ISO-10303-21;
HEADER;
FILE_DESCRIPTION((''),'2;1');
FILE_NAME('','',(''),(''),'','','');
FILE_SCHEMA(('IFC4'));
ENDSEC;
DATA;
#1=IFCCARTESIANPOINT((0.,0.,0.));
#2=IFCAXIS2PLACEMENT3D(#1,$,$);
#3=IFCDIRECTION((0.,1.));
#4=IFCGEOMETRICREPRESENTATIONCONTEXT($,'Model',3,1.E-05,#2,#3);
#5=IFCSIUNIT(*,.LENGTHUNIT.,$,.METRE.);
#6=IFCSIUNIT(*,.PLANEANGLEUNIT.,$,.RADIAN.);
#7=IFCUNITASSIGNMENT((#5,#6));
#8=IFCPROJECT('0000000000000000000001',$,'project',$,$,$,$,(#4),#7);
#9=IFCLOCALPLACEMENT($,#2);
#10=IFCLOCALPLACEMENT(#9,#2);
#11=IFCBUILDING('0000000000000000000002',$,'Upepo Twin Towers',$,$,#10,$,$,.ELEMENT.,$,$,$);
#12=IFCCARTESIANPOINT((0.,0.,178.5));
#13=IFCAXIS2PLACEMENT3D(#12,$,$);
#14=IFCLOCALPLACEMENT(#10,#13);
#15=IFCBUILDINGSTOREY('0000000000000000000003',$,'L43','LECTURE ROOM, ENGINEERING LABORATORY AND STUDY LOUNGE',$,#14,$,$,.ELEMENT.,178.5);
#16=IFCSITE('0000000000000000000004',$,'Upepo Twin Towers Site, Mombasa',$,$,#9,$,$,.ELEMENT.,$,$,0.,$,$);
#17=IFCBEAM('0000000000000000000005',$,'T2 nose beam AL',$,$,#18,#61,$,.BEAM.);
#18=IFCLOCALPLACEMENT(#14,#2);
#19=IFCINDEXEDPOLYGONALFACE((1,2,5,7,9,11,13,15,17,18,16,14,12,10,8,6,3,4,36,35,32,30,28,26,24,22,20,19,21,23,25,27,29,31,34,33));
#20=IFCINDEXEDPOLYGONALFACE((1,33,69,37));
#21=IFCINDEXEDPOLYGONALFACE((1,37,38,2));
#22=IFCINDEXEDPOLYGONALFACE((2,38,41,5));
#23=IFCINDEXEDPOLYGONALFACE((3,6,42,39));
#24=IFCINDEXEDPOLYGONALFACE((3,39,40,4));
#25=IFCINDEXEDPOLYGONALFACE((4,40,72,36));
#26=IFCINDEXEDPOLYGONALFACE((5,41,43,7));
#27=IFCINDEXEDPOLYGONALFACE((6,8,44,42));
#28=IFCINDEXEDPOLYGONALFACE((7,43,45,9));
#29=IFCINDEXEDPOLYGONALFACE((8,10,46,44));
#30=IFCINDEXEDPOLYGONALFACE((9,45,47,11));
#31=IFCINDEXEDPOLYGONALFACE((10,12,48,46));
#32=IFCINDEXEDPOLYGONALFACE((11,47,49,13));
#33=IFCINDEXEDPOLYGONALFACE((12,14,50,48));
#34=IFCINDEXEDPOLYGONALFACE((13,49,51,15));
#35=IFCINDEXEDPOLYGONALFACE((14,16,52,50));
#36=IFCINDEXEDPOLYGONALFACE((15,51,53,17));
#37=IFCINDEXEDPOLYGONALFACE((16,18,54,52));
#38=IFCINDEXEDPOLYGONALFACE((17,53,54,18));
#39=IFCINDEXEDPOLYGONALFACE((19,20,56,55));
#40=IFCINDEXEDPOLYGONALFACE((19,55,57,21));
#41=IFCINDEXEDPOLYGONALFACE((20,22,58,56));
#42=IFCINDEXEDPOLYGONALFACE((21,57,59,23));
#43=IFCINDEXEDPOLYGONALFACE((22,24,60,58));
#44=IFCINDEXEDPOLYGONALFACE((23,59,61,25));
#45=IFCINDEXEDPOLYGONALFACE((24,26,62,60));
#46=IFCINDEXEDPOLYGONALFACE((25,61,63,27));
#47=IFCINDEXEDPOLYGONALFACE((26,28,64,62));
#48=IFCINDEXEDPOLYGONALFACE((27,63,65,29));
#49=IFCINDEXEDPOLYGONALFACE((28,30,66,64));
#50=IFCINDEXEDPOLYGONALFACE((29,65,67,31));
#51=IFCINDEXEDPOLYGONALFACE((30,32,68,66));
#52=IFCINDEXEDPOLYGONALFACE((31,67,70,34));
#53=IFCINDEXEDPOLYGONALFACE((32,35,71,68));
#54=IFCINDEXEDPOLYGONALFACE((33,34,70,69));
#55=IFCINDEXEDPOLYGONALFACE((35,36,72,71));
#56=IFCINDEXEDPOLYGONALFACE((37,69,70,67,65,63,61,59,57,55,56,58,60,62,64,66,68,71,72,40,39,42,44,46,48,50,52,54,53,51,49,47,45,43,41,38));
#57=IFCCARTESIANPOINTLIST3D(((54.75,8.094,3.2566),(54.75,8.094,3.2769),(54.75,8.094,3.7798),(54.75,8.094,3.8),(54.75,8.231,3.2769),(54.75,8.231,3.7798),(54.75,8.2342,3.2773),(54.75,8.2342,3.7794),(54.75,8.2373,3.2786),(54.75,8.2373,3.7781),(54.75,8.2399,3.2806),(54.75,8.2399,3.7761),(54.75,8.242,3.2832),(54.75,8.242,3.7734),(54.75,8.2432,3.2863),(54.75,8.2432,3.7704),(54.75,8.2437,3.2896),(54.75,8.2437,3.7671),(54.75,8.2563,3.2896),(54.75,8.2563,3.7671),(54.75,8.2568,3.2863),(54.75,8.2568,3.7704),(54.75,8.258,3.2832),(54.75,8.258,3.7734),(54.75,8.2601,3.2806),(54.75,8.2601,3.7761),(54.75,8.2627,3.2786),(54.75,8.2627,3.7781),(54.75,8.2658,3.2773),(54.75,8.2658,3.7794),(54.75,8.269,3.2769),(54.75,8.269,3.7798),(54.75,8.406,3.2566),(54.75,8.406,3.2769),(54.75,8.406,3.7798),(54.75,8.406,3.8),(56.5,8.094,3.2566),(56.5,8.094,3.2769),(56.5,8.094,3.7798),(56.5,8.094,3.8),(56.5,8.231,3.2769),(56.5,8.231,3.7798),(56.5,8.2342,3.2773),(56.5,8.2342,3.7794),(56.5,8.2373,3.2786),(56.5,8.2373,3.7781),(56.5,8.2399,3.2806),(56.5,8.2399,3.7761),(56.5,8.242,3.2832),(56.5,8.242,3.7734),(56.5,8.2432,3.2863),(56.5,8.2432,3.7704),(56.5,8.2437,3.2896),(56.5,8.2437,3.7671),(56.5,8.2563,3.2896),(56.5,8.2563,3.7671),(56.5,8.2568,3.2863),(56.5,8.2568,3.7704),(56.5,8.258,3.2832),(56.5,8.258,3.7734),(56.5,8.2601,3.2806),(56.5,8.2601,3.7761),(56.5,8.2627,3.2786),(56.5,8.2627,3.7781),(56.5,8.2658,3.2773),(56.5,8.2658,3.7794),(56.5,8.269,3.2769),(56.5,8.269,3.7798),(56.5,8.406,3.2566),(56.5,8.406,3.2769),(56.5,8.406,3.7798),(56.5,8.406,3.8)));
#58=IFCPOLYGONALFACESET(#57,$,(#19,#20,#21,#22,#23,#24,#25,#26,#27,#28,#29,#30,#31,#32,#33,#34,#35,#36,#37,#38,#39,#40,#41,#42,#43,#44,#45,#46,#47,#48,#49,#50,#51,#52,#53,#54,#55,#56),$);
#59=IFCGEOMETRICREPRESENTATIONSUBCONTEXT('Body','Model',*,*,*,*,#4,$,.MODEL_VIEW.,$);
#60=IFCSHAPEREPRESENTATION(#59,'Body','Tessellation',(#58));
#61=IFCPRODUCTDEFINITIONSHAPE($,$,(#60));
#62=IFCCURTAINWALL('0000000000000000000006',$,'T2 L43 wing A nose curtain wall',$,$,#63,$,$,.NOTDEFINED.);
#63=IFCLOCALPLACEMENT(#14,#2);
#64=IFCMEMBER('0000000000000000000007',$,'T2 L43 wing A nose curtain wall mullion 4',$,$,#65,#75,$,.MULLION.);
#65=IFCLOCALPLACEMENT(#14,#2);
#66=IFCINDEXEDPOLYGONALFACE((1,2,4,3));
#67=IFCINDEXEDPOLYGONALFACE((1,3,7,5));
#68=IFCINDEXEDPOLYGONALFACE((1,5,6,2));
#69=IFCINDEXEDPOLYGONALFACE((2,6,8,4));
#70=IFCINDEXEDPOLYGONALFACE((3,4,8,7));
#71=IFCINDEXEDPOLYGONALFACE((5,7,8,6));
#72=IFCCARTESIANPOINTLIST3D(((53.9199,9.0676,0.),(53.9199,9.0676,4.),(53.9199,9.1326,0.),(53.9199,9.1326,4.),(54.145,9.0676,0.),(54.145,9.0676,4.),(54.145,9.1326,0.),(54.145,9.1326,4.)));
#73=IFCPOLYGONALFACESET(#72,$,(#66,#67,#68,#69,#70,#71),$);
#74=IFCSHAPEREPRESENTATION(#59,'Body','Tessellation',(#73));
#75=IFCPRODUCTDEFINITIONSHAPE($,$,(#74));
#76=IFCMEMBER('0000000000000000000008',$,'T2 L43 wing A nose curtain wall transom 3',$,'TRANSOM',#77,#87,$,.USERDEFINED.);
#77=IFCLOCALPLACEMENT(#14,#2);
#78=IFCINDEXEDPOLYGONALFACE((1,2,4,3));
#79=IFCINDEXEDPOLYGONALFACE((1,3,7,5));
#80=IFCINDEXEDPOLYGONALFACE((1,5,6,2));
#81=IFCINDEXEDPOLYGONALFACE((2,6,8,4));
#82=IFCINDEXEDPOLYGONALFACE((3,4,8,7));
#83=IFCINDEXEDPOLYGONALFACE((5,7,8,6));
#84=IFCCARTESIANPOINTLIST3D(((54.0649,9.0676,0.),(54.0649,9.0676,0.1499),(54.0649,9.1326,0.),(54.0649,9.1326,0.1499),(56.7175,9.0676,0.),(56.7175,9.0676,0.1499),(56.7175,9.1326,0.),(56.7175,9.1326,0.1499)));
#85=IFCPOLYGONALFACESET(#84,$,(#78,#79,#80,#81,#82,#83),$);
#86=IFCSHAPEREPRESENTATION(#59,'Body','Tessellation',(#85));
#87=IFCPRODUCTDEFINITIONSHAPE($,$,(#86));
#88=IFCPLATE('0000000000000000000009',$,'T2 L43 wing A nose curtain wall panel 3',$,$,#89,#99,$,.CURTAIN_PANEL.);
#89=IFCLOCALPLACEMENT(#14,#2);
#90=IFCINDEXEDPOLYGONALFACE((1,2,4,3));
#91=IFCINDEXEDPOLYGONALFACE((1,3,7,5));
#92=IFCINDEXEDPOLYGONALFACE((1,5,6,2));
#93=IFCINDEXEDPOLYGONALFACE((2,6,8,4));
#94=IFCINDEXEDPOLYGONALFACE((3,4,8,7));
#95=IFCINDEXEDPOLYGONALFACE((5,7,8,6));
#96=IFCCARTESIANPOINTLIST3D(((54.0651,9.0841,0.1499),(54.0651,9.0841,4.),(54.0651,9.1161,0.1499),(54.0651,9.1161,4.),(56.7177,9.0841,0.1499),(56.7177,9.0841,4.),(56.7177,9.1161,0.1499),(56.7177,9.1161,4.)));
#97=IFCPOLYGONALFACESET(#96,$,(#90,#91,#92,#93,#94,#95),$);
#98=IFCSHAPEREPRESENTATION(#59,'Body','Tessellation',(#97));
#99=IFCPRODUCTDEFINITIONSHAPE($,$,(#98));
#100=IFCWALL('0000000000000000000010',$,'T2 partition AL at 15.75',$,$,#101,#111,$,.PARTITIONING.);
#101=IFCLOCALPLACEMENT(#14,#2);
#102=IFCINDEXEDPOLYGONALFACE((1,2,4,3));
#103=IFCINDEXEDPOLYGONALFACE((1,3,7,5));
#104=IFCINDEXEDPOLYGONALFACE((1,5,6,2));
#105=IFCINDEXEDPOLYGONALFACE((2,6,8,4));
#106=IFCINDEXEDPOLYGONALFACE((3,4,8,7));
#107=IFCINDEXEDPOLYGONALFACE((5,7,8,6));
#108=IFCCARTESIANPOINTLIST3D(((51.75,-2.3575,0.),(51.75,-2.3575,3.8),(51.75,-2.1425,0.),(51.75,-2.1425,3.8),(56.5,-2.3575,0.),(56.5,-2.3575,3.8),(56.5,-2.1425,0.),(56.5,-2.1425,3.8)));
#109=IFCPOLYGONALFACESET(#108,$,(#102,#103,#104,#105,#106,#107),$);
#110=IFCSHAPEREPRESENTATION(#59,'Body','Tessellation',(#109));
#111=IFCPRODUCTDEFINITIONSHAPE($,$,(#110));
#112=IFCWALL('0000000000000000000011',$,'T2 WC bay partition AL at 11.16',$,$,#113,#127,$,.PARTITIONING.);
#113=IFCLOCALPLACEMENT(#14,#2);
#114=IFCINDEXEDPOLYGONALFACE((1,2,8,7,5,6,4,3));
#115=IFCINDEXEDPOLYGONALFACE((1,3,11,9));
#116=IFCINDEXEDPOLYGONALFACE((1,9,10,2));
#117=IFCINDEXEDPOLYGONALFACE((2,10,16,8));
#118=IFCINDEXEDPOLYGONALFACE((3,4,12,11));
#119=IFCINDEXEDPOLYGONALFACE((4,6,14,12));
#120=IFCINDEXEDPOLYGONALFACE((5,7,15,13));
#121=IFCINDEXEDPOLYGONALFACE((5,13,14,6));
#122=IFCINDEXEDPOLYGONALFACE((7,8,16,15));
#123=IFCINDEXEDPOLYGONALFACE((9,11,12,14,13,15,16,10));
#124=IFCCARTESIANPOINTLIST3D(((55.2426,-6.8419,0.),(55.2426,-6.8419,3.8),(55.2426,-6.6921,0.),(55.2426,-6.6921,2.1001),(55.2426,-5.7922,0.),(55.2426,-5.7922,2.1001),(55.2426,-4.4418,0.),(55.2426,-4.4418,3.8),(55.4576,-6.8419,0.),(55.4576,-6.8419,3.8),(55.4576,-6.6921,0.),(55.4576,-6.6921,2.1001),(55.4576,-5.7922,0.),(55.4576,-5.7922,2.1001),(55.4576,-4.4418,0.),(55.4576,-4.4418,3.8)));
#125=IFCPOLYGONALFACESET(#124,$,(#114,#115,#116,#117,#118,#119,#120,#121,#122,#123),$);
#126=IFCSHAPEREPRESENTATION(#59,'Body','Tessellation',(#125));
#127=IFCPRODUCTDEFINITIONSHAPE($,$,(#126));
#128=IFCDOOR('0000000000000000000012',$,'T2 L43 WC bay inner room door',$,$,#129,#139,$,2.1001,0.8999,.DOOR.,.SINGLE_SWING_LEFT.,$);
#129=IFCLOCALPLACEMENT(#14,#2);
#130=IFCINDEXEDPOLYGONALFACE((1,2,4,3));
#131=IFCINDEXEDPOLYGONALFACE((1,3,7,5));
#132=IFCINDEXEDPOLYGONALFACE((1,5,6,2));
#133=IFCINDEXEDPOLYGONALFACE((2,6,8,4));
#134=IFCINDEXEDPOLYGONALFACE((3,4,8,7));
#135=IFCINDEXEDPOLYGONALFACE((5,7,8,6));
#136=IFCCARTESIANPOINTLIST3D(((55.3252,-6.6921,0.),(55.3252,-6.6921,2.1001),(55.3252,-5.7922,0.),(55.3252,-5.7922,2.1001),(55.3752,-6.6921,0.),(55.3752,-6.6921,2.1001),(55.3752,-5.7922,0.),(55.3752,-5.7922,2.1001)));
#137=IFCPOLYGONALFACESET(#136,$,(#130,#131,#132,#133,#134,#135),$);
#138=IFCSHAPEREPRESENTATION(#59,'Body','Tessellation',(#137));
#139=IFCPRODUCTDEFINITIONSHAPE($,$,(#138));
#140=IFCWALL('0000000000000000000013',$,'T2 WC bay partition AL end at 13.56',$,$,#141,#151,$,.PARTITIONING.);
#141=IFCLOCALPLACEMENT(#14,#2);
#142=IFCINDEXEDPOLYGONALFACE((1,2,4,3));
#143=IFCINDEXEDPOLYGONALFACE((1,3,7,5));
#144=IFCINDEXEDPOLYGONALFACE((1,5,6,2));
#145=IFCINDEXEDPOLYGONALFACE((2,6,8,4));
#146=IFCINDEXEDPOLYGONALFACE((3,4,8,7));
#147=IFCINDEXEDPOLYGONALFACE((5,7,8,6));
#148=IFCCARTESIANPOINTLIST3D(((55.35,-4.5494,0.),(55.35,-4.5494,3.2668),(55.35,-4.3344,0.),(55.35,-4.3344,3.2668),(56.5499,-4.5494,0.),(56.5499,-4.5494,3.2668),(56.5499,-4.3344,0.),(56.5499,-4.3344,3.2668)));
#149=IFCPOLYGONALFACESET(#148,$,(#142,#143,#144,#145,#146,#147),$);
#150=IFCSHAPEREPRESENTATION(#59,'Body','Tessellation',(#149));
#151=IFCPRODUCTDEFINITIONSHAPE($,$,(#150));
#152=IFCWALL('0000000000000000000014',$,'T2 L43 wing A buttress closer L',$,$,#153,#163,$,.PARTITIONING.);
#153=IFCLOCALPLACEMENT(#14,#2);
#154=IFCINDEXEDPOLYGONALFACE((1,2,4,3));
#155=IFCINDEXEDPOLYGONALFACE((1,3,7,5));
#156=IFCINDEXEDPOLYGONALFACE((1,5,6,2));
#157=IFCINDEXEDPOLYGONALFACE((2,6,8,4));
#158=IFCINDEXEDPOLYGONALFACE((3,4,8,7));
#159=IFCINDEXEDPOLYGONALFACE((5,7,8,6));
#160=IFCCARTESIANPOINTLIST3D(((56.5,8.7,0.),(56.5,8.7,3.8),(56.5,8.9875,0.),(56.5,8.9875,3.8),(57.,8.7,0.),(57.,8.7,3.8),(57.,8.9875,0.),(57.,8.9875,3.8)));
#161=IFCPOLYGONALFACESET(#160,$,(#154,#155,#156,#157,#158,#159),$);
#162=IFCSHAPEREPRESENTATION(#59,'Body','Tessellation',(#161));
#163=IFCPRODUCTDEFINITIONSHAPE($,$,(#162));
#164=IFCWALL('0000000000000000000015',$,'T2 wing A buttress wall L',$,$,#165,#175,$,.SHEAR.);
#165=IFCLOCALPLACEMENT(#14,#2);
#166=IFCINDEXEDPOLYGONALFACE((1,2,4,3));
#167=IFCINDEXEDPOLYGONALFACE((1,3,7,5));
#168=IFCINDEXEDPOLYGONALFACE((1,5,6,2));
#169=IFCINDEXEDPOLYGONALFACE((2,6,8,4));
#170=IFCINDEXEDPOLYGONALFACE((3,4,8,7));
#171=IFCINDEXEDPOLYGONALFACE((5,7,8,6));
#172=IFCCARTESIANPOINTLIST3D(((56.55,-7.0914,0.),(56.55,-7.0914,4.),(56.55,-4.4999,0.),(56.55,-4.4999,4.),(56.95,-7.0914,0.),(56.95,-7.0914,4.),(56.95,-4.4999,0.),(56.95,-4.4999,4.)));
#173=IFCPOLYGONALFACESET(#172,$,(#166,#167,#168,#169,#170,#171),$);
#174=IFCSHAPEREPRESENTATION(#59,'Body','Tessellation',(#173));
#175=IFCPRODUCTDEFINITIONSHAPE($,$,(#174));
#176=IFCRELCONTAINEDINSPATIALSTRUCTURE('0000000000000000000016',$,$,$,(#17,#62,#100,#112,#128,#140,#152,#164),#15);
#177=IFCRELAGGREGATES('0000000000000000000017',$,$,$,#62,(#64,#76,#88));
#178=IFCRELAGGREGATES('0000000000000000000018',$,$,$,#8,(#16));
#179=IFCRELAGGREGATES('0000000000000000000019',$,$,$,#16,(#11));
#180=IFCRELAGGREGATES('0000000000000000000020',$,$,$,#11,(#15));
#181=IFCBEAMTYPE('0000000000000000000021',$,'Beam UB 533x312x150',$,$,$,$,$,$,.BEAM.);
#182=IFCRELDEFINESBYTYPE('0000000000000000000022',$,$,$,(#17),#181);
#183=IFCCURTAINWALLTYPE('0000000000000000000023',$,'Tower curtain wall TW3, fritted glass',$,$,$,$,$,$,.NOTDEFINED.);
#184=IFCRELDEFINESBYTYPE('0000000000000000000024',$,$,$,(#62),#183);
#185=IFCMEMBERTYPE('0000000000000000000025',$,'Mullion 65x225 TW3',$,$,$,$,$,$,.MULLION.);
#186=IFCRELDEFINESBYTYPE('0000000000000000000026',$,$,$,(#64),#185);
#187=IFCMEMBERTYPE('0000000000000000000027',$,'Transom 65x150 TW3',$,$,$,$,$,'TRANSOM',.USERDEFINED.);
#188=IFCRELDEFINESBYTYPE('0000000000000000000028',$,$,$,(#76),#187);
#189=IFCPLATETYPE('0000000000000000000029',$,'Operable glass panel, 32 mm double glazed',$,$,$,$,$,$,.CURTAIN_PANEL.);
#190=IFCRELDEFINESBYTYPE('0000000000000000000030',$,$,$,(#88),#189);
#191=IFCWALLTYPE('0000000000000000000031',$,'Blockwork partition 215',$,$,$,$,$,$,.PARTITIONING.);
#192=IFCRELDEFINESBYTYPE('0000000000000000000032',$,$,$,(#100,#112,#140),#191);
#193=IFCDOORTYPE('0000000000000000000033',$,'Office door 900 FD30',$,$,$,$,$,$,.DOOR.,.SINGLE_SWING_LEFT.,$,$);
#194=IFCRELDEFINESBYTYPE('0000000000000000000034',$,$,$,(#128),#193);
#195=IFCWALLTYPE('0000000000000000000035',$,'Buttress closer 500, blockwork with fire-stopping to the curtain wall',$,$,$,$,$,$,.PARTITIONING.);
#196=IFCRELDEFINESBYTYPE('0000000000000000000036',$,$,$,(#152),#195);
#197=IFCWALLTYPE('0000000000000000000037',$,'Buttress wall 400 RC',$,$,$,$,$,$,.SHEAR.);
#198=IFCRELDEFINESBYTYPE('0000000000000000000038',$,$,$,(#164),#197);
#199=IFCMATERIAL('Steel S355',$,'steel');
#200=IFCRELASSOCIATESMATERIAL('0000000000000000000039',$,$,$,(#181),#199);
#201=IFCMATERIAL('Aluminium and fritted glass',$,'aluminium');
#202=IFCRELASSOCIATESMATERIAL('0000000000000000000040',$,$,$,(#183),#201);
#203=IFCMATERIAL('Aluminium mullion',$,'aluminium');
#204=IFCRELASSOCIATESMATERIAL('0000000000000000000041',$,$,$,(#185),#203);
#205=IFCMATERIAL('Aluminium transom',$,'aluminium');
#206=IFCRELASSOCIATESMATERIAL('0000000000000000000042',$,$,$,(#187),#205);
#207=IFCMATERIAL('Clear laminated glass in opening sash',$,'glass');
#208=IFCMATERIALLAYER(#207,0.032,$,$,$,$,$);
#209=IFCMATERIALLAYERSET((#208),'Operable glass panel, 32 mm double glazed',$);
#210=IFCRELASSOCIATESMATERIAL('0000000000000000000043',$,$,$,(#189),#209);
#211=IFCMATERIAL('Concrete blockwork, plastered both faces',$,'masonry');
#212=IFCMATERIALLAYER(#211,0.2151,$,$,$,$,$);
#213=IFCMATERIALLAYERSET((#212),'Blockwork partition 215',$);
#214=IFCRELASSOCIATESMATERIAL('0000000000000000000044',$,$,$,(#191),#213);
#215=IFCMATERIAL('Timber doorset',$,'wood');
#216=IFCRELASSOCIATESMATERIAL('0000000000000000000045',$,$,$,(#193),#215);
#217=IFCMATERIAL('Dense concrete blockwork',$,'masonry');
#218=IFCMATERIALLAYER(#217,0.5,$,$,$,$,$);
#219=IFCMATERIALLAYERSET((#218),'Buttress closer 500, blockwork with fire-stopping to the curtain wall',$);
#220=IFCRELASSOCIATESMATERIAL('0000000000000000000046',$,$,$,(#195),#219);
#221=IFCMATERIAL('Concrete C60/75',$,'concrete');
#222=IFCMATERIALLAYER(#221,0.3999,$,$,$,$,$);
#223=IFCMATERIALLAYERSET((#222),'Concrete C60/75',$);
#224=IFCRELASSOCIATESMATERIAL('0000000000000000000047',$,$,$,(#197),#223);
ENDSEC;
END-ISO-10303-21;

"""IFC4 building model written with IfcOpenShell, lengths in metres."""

from ifc_helpers import new_model, si_unit, direction, frame, frame_2d, origin, origin_2d, place, context, subcontext, project, spatial, rectangle, i_section, extrude, material, layer, layer_set, material_profile, profile_set, type_object, element, fill, aggregate, save


model = new_model("IFC4")

# Units and contexts
model_context = context("Model", 3, precision=1e-05, world=origin(), true_north=direction((0.0, 1.0)))
body_context = subcontext(model_context, "Body", "Model", "MODEL_VIEW")
ifc_project = project(units=[si_unit("LENGTHUNIT", "METRE"), si_unit("PLANEANGLEUNIT", "RADIAN")], contexts=[model_context])

# Site, building, storey
site_placement = place(None, origin())
site = spatial("IfcSite", under=ifc_project, at=site_placement, Name="Upepo Twin Towers Site, Mombasa", CompositionType="ELEMENT", RefElevation=0.0)
building_placement = place(site_placement, origin())
building = spatial("IfcBuilding", under=site, at=building_placement, Name="Upepo Twin Towers", CompositionType="ELEMENT")
storey_placement = place(building_placement, frame((0.0, 0.0, 178.5)))
storey = spatial("IfcBuildingStorey", under=building, at=storey_placement, Name="L43", Description="LECTURE ROOM, ENGINEERING LABORATORY AND STUDY LOUNGE", CompositionType="ELEMENT", Elevation=178.5)

# Beam
ifc_material_1 = material(Name="Steel S355", Category="steel")
ifc_material_profile_1 = material_profile(ifc_material_1, i_section(OverallWidth=0.312, OverallDepth=0.5435, WebThickness=0.0127, FlangeThickness=0.0203, FilletRadius=0.0127, at=origin_2d()), Name="UB 533x312x150")
ifc_profile_set_1 = profile_set([ifc_material_profile_1], Name="Steel S355")
beam_type_1 = type_object("IfcBeamType", Name="Beam UB 533x312x150", PredefinedType="BEAM", material=ifc_profile_set_1)
beam_1_placement = place(storey_placement, frame((54.75, 8.25, 3.5283), z_axis=(1.0, 0.0, 0.0), x_axis=(0.0, 1.0, 0.0)))
element("IfcBeam", 1, at=beam_1_placement, inside=storey, type_object=beam_type_1, Name="T2 nose beam AL", PredefinedType="BEAM", context=body_context, shape_type="SweptSolid", body=[
    extrude(i_section(OverallWidth=0.312, OverallDepth=0.5435, WebThickness=0.0127, FlangeThickness=0.0203, FilletRadius=0.0127, at=origin_2d()), origin(), (0.0, 0.0, 1.0), 1.75),
])

# Curtain wall, members, plate
ifc_material_2 = material(Name="Aluminium and fritted glass", Category="aluminium")
curtain_wall_type = type_object("IfcCurtainWallType", Name="Tower curtain wall TW3, fritted glass", PredefinedType="NOTDEFINED", material=ifc_material_2)
curtain_wall_placement = place(storey_placement, origin())
curtain_wall = element("IfcCurtainWall", 2, at=curtain_wall_placement, inside=storey, type_object=curtain_wall_type, Name="T2 L43 wing A nose curtain wall", PredefinedType="NOTDEFINED")
ifc_material_3 = material(Name="Aluminium mullion", Category="aluminium")
ifc_material_profile_2 = material_profile(ifc_material_3, rectangle(XDim=0.0649, YDim=0.2251, at=origin_2d()), Name="MULLION 65x225")
ifc_profile_set_2 = profile_set([ifc_material_profile_2], Name="Aluminium mullion")
member_type_1 = type_object("IfcMemberType", Name="Mullion 65x225 TW3", PredefinedType="MULLION", material=ifc_profile_set_2)
member_1_placement = place(storey_placement, frame((54.0325, 9.1001, 0.0), z_axis=(0.0, 0.0, 1.0), x_axis=(0.0, -1.0, 0.0)))
member_1 = element("IfcMember", 3, at=member_1_placement, type_object=member_type_1, Name="T2 L43 wing A nose curtain wall mullion 4", PredefinedType="MULLION", context=body_context, shape_type="SweptSolid", body=[
    extrude(rectangle(XDim=0.0649, YDim=0.2251, at=origin_2d()), origin(), (0.0, 0.0, 1.0), 4.0),
])
ifc_material_4 = material(Name="Aluminium transom", Category="aluminium")
ifc_material_profile_3 = material_profile(ifc_material_4, rectangle(XDim=0.0649, YDim=0.1499, at=origin_2d()), Name="TRANSOM 65x150")
ifc_profile_set_3 = profile_set([ifc_material_profile_3], Name="Aluminium transom")
member_type_2 = type_object("IfcMemberType", Name="Transom 65x150 TW3", ElementType="TRANSOM", PredefinedType="USERDEFINED", material=ifc_profile_set_3)
member_2_placement = place(storey_placement, frame((56.7175, 9.1001, 0.075), z_axis=(-1.0, 0.0, 0.0), x_axis=(0.0, -1.0, 0.0)))
member_2 = element("IfcMember", 4, at=member_2_placement, type_object=member_type_2, Name="T2 L43 wing A nose curtain wall transom 3", ObjectType="TRANSOM", PredefinedType="USERDEFINED", context=body_context, shape_type="SweptSolid", body=[
    extrude(rectangle(XDim=0.0649, YDim=0.1499, at=origin_2d()), origin(), (0.0, 0.0, 1.0), 2.6526),
])
ifc_material_5 = material(Name="Clear laminated glass in opening sash", Category="glass")
ifc_layer_1 = layer(ifc_material_5, 0.032)
ifc_layer_set_1 = layer_set([ifc_layer_1], Name="Operable glass panel, 32 mm double glazed")
plate_type = type_object("IfcPlateType", Name="Operable glass panel, 32 mm double glazed", PredefinedType="CURTAIN_PANEL", material=ifc_layer_set_1)
plate_placement = place(storey_placement, frame((55.3914, 9.1001, 0.1499), z_axis=(0.0, 0.0, 1.0), x_axis=(-1.0, 0.0, 0.0)))
plate = element("IfcPlate", 5, at=plate_placement, type_object=plate_type, Name="T2 L43 wing A nose curtain wall panel 3", PredefinedType="CURTAIN_PANEL", context=body_context, shape_type="SweptSolid", body=[
    extrude(rectangle(XDim=2.6526, YDim=0.032, at=origin_2d()), origin(), (0.0, 0.0, 1.0), 3.8501),
])
aggregate(curtain_wall, [member_1, member_2, plate])

# Wall
ifc_material_6 = material(Name="Concrete blockwork, plastered both faces", Category="masonry")
ifc_layer_2 = layer(ifc_material_6, 0.2151)
ifc_layer_set_2 = layer_set([ifc_layer_2], Name="Blockwork partition 215")
wall_type_1 = type_object("IfcWallType", Name="Blockwork partition 215", PredefinedType="PARTITIONING", material=ifc_layer_set_2)
wall_1_placement = place(storey_placement, frame((56.5, -2.25, 0.0), z_axis=(0.0, 0.0, 1.0), x_axis=(-1.0, 0.0, 0.0)))
element("IfcWall", 6, at=wall_1_placement, inside=storey, type_object=wall_type_1, Name="T2 partition AL at 15.75", PredefinedType="PARTITIONING", context=body_context, shape_type="SweptSolid", body=[
    extrude(rectangle(XDim=4.75, YDim=0.2151, at=frame_2d((2.375, 0.0))), origin(), (0.0, 0.0, 1.0), 3.8),
])

# Wall, opening, door
wall_2_placement = place(storey_placement, frame((55.3501, -6.842, 0.0), z_axis=(0.0, 0.0, 1.0), x_axis=(0.0, 1.0, 0.0)))
wall_2 = element("IfcWall", 7, at=wall_2_placement, inside=storey, type_object=wall_type_1, Name="T2 WC bay partition AL at 11.16", PredefinedType="PARTITIONING", context=body_context, shape_type="SweptSolid", body=[
    extrude(rectangle(XDim=2.4001, YDim=0.2151, at=frame_2d((1.2002, 0.0))), origin(), (0.0, 0.0, 1.0), 3.8),
])
opening_1_placement = place(wall_2_placement, frame((0.1499, 0.0, 0.0)))
opening_1 = element("IfcOpeningElement", 8, at=opening_1_placement, cuts=wall_2, PredefinedType="OPENING", context=body_context, shape_type="SweptSolid", body=[
    extrude(rectangle(XDim=0.8999, YDim=2.1001, at=frame_2d((0.45, 1.05))), frame((0.0, 0.1174, 0.0), z_axis=(0.0, -1.0, 0.0), x_axis=(1.0, 0.0, 0.0)), (0.0, 0.0, 1.0), 0.2351),
])
ifc_material_7 = material(Name="Timber doorset", Category="wood")
door_type_1 = type_object("IfcDoorType", Name="Office door 900 FD30", OperationType="SINGLE_SWING_LEFT", PredefinedType="DOOR", material=ifc_material_7)
door_1_placement = place(opening_1_placement, origin())
door_1 = element("IfcDoor", 9, at=door_1_placement, inside=storey, type_object=door_type_1, Name="T2 L43 WC bay inner room door", OperationType="SINGLE_SWING_LEFT", OverallHeight=2.1001, OverallWidth=0.8999, PredefinedType="DOOR", context=body_context, shape_type="SweptSolid", body=[
    extrude(rectangle(XDim=0.8999, YDim=2.1001, at=frame_2d((0.45, 1.05))), frame((0.0, 0.0249, 0.0), z_axis=(0.0, -1.0, 0.0), x_axis=(1.0, 0.0, 0.0)), (0.0, 0.0, 1.0), 0.05),
])
fill(opening_1, door_1)

# Walls
wall_3_placement = place(storey_placement, frame((56.55, -4.4419, 0.0), z_axis=(0.0, 0.0, 1.0), x_axis=(-1.0, 0.0, 0.0)))
element("IfcWall", 10, at=wall_3_placement, inside=storey, type_object=wall_type_1, Name="T2 WC bay partition AL end at 13.56", PredefinedType="PARTITIONING", context=body_context, shape_type="SweptSolid", body=[
    extrude(rectangle(XDim=1.2, YDim=0.2151, at=frame_2d((0.6001, 0.0))), origin(), (0.0, 0.0, 1.0), 3.2668),
])
ifc_material_8 = material(Name="Dense concrete blockwork", Category="masonry")
ifc_layer_3 = layer(ifc_material_8, 0.5)
ifc_layer_set_3 = layer_set([ifc_layer_3], Name="Buttress closer 500, blockwork with fire-stopping to the curtain wall")
wall_type_2 = type_object("IfcWallType", Name="Buttress closer 500, blockwork with fire-stopping to the curtain wall", PredefinedType="PARTITIONING", material=ifc_layer_set_3)
wall_4_placement = place(storey_placement, frame((56.75, 8.7, 0.0), z_axis=(0.0, 0.0, 1.0), x_axis=(0.0, 1.0, 0.0)))
element("IfcWall", 11, at=wall_4_placement, inside=storey, type_object=wall_type_2, Name="T2 L43 wing A buttress closer L", PredefinedType="PARTITIONING", context=body_context, shape_type="SweptSolid", body=[
    extrude(rectangle(XDim=0.2876, YDim=0.5, at=frame_2d((0.1438, 0.0))), origin(), (0.0, 0.0, 1.0), 3.8),
])
ifc_material_9 = material(Name="Concrete C60/75", Category="concrete")
ifc_layer_4 = layer(ifc_material_9, 0.3999)
ifc_layer_set_4 = layer_set([ifc_layer_4], Name="Concrete C60/75")
wall_type_3 = type_object("IfcWallType", Name="Buttress wall 400 RC", PredefinedType="SHEAR", material=ifc_layer_set_4)
wall_5_placement = place(storey_placement, frame((56.75, -7.0916, 0.0), z_axis=(0.0, 0.0, 1.0), x_axis=(0.0, 1.0, 0.0)))
element("IfcWall", 12, at=wall_5_placement, inside=storey, type_object=wall_type_3, Name="T2 wing A buttress wall L", PredefinedType="SHEAR", context=body_context, shape_type="SweptSolid", body=[
    extrude(rectangle(XDim=2.5916, YDim=0.3999, at=frame_2d((1.2959, 0.0))), origin(), (0.0, 0.0, 1.0), 4.0),
])

save(model, "model.ifc")
